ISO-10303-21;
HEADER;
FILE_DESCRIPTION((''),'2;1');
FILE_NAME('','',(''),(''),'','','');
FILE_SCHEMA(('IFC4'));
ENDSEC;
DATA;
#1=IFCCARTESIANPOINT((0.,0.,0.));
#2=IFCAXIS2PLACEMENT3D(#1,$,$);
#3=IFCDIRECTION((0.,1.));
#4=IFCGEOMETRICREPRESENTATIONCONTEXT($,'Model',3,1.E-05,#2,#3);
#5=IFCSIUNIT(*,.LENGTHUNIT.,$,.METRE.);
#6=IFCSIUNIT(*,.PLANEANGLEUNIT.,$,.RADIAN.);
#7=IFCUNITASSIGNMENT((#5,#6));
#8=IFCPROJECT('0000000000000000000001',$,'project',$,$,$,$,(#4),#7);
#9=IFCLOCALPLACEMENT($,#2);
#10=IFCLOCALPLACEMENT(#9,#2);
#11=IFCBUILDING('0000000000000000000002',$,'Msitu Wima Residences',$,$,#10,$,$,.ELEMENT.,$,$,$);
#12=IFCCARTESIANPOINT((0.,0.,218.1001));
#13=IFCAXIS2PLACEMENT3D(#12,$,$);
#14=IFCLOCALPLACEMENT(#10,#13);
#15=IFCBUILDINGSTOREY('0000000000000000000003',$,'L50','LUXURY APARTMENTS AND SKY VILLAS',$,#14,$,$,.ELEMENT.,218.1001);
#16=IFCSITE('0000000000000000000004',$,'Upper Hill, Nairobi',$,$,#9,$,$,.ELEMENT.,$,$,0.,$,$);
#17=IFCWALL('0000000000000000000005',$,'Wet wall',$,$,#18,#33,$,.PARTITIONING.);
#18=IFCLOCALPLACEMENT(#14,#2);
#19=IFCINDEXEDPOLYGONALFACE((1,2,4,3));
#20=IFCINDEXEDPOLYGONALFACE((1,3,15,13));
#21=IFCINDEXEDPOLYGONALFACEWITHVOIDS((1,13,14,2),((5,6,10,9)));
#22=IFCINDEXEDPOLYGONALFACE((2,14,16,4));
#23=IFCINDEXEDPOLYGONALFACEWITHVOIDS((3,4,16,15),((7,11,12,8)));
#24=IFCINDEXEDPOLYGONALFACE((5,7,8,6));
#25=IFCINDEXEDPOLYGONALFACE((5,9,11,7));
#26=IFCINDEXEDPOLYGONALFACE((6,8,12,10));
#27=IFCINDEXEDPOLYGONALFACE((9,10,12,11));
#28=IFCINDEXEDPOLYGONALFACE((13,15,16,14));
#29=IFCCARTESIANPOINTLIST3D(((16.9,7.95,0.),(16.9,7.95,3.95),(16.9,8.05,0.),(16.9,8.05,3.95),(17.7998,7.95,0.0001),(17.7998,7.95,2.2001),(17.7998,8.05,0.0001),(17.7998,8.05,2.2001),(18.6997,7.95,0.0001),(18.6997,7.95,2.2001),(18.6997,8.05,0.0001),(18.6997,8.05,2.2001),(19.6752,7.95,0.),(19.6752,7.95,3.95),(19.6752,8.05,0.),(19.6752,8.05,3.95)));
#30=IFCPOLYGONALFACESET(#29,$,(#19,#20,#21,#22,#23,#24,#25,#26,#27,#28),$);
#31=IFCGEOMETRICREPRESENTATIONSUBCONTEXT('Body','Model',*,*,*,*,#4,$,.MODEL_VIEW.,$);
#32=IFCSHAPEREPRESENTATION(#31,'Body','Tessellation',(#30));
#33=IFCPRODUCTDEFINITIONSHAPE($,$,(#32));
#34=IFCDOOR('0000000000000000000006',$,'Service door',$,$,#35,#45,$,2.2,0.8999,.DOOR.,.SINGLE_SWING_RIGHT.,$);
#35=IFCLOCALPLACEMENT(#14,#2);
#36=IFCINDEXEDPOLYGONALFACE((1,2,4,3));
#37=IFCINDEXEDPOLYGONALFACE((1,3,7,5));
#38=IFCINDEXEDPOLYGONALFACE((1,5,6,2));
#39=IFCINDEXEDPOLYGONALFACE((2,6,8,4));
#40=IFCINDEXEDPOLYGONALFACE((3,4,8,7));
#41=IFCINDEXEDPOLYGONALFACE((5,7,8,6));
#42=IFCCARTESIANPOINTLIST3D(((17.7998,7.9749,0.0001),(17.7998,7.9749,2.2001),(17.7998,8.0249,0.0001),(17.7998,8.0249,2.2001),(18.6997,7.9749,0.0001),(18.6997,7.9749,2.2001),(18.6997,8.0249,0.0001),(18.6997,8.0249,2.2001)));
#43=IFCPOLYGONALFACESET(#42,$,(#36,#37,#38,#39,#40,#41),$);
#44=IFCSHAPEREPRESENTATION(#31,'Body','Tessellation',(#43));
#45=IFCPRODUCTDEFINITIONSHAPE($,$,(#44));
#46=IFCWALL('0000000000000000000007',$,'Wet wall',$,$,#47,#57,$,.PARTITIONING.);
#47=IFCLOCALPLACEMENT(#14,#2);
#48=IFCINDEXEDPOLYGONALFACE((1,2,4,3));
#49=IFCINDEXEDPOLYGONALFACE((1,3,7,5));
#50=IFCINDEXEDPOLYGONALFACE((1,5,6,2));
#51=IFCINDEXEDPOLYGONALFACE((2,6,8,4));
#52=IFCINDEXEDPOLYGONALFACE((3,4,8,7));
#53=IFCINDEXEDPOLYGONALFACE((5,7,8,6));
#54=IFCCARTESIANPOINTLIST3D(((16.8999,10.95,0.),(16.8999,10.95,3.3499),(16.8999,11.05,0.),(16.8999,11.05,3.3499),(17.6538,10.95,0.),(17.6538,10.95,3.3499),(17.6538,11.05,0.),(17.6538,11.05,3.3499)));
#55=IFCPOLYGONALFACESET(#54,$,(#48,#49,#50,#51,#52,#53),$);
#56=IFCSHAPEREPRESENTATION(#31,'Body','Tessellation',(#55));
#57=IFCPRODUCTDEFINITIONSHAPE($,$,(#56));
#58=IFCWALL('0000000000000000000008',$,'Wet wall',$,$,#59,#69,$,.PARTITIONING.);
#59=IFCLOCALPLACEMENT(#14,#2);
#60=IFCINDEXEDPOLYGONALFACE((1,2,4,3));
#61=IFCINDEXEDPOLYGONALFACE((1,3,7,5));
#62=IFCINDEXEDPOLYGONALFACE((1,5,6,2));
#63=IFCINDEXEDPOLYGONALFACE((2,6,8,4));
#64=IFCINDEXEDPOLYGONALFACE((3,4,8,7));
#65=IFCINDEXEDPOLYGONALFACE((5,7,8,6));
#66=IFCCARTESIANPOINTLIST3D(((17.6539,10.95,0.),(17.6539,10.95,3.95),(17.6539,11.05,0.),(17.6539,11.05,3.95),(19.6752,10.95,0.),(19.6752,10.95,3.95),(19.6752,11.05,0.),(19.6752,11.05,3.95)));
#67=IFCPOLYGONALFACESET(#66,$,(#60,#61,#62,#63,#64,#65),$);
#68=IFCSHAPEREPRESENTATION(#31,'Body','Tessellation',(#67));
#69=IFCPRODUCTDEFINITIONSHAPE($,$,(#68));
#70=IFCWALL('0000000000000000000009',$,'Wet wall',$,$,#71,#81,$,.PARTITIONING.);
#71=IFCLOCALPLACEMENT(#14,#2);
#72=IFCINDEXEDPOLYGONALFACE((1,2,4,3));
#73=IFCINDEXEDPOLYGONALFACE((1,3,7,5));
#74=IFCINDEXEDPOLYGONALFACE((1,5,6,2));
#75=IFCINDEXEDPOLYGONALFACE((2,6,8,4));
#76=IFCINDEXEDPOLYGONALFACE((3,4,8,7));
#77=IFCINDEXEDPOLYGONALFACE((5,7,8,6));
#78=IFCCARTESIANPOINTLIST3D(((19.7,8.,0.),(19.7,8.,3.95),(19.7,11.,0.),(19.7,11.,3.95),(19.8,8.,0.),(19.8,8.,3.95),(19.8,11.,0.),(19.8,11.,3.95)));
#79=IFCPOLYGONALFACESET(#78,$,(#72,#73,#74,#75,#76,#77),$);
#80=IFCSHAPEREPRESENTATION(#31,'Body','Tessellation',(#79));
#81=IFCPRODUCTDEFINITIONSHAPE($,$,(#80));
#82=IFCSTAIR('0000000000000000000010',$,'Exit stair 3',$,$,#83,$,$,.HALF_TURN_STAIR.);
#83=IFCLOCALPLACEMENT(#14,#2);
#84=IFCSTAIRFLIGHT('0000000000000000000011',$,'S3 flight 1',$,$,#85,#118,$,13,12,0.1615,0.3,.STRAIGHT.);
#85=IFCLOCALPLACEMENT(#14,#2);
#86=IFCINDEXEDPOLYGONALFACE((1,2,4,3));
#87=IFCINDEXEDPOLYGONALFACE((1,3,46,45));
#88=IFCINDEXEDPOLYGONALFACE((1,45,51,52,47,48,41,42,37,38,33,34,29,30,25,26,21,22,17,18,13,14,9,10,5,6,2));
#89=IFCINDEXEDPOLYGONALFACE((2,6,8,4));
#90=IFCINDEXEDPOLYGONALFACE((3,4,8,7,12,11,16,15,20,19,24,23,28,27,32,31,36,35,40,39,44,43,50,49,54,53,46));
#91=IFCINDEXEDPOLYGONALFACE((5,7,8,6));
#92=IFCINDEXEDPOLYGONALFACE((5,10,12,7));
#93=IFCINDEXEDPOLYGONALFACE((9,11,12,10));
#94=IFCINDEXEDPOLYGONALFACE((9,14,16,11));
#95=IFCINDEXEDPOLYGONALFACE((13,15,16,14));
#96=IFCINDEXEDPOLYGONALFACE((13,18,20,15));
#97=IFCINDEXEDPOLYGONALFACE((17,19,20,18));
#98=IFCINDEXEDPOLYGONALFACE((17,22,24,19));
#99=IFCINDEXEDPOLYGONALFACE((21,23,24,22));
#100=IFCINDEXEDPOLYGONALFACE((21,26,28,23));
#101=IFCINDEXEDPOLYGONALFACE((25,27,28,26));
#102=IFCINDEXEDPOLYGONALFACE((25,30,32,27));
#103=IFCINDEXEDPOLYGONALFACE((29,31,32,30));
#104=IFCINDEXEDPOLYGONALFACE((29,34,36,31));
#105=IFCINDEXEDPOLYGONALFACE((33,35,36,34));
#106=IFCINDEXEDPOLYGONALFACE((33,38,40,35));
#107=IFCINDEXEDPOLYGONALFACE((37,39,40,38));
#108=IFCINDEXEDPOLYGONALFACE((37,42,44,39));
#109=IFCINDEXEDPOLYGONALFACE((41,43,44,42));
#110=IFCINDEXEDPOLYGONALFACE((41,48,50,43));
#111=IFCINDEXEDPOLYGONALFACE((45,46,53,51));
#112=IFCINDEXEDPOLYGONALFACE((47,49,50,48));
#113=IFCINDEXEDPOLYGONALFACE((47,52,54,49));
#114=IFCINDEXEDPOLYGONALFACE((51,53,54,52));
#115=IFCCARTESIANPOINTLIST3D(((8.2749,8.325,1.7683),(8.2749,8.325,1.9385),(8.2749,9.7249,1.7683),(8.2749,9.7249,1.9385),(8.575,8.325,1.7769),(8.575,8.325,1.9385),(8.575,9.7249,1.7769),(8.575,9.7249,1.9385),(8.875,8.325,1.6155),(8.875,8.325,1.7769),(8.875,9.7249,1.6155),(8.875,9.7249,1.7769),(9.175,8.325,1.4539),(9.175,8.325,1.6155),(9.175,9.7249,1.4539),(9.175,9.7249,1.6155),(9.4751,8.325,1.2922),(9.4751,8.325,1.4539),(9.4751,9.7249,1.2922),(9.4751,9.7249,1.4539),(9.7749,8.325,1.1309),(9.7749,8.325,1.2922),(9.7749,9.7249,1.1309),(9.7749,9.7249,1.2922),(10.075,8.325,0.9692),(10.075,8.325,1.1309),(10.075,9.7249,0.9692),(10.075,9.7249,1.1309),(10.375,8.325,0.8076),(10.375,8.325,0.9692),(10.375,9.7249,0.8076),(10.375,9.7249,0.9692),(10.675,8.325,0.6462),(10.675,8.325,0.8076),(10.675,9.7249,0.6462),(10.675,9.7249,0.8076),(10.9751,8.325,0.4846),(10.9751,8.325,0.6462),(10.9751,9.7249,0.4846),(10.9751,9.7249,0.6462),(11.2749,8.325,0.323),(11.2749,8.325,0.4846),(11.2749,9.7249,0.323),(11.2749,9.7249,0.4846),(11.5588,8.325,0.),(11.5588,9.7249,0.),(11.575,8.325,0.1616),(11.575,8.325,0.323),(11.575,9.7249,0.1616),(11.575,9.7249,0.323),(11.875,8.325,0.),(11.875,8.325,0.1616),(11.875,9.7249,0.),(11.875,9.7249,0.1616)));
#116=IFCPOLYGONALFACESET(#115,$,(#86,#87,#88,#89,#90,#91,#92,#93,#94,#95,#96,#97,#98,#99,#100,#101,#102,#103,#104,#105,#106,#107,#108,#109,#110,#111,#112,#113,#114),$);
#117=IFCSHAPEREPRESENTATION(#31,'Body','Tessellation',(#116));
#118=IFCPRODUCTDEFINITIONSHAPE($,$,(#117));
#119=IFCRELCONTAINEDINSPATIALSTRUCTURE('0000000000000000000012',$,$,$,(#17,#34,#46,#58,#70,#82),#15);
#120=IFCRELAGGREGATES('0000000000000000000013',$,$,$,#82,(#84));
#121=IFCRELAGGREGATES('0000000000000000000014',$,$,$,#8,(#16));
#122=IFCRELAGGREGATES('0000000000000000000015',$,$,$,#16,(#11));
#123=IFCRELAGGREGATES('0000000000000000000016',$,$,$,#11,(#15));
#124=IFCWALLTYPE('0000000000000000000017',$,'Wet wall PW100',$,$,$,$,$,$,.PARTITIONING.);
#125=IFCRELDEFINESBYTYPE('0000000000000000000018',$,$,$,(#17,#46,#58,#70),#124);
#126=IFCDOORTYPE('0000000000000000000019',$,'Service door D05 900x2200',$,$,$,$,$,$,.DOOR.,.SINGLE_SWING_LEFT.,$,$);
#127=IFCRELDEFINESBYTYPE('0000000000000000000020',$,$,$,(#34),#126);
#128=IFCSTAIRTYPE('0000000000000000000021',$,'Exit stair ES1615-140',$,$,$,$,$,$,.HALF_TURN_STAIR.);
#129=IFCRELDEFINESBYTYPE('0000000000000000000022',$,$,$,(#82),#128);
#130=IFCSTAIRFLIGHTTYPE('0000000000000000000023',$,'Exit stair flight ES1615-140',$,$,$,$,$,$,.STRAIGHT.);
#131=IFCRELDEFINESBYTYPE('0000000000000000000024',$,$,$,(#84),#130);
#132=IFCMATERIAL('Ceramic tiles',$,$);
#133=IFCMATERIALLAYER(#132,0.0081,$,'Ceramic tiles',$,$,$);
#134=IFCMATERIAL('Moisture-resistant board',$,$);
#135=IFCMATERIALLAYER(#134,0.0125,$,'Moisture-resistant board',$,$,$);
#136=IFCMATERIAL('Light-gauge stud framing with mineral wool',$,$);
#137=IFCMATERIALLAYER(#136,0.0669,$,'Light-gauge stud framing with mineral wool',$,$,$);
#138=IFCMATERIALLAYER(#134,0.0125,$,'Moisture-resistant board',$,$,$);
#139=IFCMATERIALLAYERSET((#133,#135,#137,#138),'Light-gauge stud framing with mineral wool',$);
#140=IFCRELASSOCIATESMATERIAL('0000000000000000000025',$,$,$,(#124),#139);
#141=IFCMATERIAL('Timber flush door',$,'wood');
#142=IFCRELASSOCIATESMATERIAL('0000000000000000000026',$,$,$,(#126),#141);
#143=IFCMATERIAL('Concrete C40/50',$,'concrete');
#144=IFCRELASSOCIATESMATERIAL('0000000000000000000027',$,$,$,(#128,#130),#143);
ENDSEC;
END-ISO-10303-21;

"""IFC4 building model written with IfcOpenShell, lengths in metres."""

from ifc_helpers import new_model, si_unit, direction, frame, frame_2d, origin, place, context, subcontext, project, spatial, polyline, rectangle, outline, extrude, material, layer, layer_set, type_object, element, fill, aggregate, save


model = new_model("IFC4")

# Units and contexts
model_context = context("Model", 3, precision=1e-05, world=origin(), true_north=direction((0.0, 1.0)))
body_context = subcontext(model_context, "Body", "Model", "MODEL_VIEW")
ifc_project = project(units=[si_unit("LENGTHUNIT", "METRE"), si_unit("PLANEANGLEUNIT", "RADIAN")], contexts=[model_context])

# Site, building, storey
site_placement = place(None, origin())
site = spatial("IfcSite", under=ifc_project, at=site_placement, Name="Upper Hill, Nairobi", CompositionType="ELEMENT", RefElevation=0.0)
building_placement = place(site_placement, origin())
building = spatial("IfcBuilding", under=site, at=building_placement, Name="Msitu Wima Residences", CompositionType="ELEMENT")
storey_placement = place(building_placement, frame((0.0, 0.0, 218.1001)))
storey = spatial("IfcBuildingStorey", under=building, at=storey_placement, Name="L50", Description="LUXURY APARTMENTS AND SKY VILLAS", CompositionType="ELEMENT", Elevation=218.1001)

# Shared definitions
ifc_material_1 = material(Name="Concrete C40/50", Category="concrete")

# Shared definitions
ifc_material_2 = material(Name="Timber flush door", Category="wood")

# Shared definitions
ifc_material_3 = material(Name="Ceramic tiles")
ifc_layer_1 = layer(ifc_material_3, 0.0081, Name="Ceramic tiles")
ifc_material_4 = material(Name="Moisture-resistant board")
ifc_layer_2 = layer(ifc_material_4, 0.0125, Name="Moisture-resistant board")
ifc_material_5 = material(Name="Light-gauge stud framing with mineral wool")
ifc_layer_3 = layer(ifc_material_5, 0.0669, Name="Light-gauge stud framing with mineral wool")
ifc_layer_4 = layer(ifc_material_4, 0.0125, Name="Moisture-resistant board")
ifc_layer_set_1 = layer_set([ifc_layer_1, ifc_layer_2, ifc_layer_3, ifc_layer_4], Name="Light-gauge stud framing with mineral wool")
wall_type_1 = type_object("IfcWallType", Name="Wet wall PW100", PredefinedType="PARTITIONING", material=ifc_layer_set_1)

# Wall, opening, door
wall_1_placement = place(storey_placement, frame((16.8999, 8.0, 0.0), z_axis=(0.0, 0.0, 1.0), x_axis=(1.0, 0.0, 0.0)))
wall_1 = element("IfcWall", 1, at=wall_1_placement, inside=storey, type_object=wall_type_1, Name="Wet wall", PredefinedType="PARTITIONING", context=body_context, shape_type="SweptSolid", body=[
    extrude(rectangle(XDim=2.7751, YDim=0.1001, at=frame_2d((1.3877, 0.0))), origin(), (0.0, 0.0, 1.0), 3.95),
])
opening_1_placement = place(wall_1_placement, frame((0.8999, 0.0, 0.0)))
opening_1 = element("IfcOpeningElement", 2, at=opening_1_placement, cuts=wall_1, PredefinedType="OPENING", context=body_context, shape_type="SweptSolid", body=[
    extrude(rectangle(XDim=0.8999, YDim=2.2, at=frame_2d((0.45, 1.1001))), frame((0.0, 0.0601, 0.0), z_axis=(0.0, -1.0, 0.0), x_axis=(1.0, 0.0, 0.0)), (0.0, 0.0, 1.0), 0.1201),
])
door_type_1 = type_object("IfcDoorType", Name="Service door D05 900x2200", OperationType="SINGLE_SWING_LEFT", PredefinedType="DOOR", material=ifc_material_2)
door_1_placement = place(opening_1_placement, origin())
door_1 = element("IfcDoor", 3, at=door_1_placement, inside=storey, type_object=door_type_1, Name="Service door", OperationType="SINGLE_SWING_RIGHT", OverallHeight=2.2, OverallWidth=0.8999, PredefinedType="DOOR", context=body_context, shape_type="SweptSolid", body=[
    extrude(rectangle(XDim=0.8999, YDim=2.2, at=frame_2d((0.45, 1.1001))), frame((0.0, 0.0249, 0.0), z_axis=(0.0, -1.0, 0.0), x_axis=(1.0, 0.0, 0.0)), (0.0, 0.0, 1.0), 0.05),
])
fill(opening_1, door_1)

# Walls
wall_2_placement = place(storey_placement, frame((16.8999, 11.0, 0.0), z_axis=(0.0, 0.0, 1.0), x_axis=(1.0, 0.0, 0.0)))
element("IfcWall", 4, at=wall_2_placement, inside=storey, type_object=wall_type_1, Name="Wet wall", PredefinedType="PARTITIONING", context=body_context, shape_type="SweptSolid", body=[
    extrude(rectangle(XDim=0.7539, YDim=0.1001, at=frame_2d((0.377, 0.0))), origin(), (0.0, 0.0, 1.0), 3.3499),
])
wall_3_placement = place(storey_placement, frame((17.6538, 11.0, 0.0), z_axis=(0.0, 0.0, 1.0), x_axis=(1.0, 0.0, 0.0)))
element("IfcWall", 5, at=wall_3_placement, inside=storey, type_object=wall_type_1, Name="Wet wall", PredefinedType="PARTITIONING", context=body_context, shape_type="SweptSolid", body=[
    extrude(rectangle(XDim=2.0212, YDim=0.1001, at=frame_2d((1.0107, 0.0))), origin(), (0.0, 0.0, 1.0), 3.95),
])
wall_4_placement = place(storey_placement, frame((19.75, 8.0, 0.0), z_axis=(0.0, 0.0, 1.0), x_axis=(0.0, 1.0, 0.0)))
element("IfcWall", 6, at=wall_4_placement, inside=storey, type_object=wall_type_1, Name="Wet wall", PredefinedType="PARTITIONING", context=body_context, shape_type="SweptSolid", body=[
    extrude(rectangle(XDim=3.0, YDim=0.1001, at=frame_2d((1.5, 0.0))), origin(), (0.0, 0.0, 1.0), 3.95),
])

# Stair, stair flight
stair_type = type_object("IfcStairType", Name="Exit stair ES1615-140", PredefinedType="HALF_TURN_STAIR", material=ifc_material_1)
stair_placement = place(storey_placement, origin())
stair = element("IfcStair", 7, at=stair_placement, inside=storey, type_object=stair_type, Name="Exit stair 3", PredefinedType="HALF_TURN_STAIR")
stair_flight_type = type_object("IfcStairFlightType", Name="Exit stair flight ES1615-140", PredefinedType="STRAIGHT", material=ifc_material_1)
stair_flight_placement = place(storey_placement, frame((11.875, 9.0249, 0.0), z_axis=(0.0, 0.0, 1.0), x_axis=(-1.0, 0.0, 0.0)))
stair_flight = element("IfcStairFlight", 8, at=stair_flight_placement, type_object=stair_flight_type, Name="S3 flight 1", NumberOfRisers=13, NumberOfTreads=12, PredefinedType="STRAIGHT", RiserHeight=0.1615, TreadLength=0.3, context=body_context, shape_type="SweptSolid", body=[
    extrude(outline(polyline([(0.0, 0.0), (0.0, 0.1616), (0.3, 0.1616), (0.3, 0.323), (0.6001, 0.323), (0.6001, 0.4846), (0.8999, 0.4846), (0.8999, 0.6462), (1.2, 0.6462), (1.2, 0.8076), (1.5, 0.8076), (1.5, 0.9692), (1.8, 0.9692), (1.8, 1.1309), (2.1001, 1.1309), (2.1001, 1.2922), (2.3999, 1.2922), (2.3999, 1.4539), (2.7, 1.4539), (2.7, 1.6155), (3.0, 1.6155), (3.0, 1.7769), (3.3, 1.7769), (3.3, 1.9385), (3.6001, 1.9385), (3.6001, 2.1001), (3.6001, 1.7683), (0.3162, 0.0), (0.0, 0.0)])), frame((0.0, 0.7, 0.0), z_axis=(0.0, -1.0, 0.0), x_axis=(1.0, 0.0, 0.0)), (0.0, 0.0, 1.0), 1.3999),
])
aggregate(stair, [stair_flight])

save(model, "model.ifc")
